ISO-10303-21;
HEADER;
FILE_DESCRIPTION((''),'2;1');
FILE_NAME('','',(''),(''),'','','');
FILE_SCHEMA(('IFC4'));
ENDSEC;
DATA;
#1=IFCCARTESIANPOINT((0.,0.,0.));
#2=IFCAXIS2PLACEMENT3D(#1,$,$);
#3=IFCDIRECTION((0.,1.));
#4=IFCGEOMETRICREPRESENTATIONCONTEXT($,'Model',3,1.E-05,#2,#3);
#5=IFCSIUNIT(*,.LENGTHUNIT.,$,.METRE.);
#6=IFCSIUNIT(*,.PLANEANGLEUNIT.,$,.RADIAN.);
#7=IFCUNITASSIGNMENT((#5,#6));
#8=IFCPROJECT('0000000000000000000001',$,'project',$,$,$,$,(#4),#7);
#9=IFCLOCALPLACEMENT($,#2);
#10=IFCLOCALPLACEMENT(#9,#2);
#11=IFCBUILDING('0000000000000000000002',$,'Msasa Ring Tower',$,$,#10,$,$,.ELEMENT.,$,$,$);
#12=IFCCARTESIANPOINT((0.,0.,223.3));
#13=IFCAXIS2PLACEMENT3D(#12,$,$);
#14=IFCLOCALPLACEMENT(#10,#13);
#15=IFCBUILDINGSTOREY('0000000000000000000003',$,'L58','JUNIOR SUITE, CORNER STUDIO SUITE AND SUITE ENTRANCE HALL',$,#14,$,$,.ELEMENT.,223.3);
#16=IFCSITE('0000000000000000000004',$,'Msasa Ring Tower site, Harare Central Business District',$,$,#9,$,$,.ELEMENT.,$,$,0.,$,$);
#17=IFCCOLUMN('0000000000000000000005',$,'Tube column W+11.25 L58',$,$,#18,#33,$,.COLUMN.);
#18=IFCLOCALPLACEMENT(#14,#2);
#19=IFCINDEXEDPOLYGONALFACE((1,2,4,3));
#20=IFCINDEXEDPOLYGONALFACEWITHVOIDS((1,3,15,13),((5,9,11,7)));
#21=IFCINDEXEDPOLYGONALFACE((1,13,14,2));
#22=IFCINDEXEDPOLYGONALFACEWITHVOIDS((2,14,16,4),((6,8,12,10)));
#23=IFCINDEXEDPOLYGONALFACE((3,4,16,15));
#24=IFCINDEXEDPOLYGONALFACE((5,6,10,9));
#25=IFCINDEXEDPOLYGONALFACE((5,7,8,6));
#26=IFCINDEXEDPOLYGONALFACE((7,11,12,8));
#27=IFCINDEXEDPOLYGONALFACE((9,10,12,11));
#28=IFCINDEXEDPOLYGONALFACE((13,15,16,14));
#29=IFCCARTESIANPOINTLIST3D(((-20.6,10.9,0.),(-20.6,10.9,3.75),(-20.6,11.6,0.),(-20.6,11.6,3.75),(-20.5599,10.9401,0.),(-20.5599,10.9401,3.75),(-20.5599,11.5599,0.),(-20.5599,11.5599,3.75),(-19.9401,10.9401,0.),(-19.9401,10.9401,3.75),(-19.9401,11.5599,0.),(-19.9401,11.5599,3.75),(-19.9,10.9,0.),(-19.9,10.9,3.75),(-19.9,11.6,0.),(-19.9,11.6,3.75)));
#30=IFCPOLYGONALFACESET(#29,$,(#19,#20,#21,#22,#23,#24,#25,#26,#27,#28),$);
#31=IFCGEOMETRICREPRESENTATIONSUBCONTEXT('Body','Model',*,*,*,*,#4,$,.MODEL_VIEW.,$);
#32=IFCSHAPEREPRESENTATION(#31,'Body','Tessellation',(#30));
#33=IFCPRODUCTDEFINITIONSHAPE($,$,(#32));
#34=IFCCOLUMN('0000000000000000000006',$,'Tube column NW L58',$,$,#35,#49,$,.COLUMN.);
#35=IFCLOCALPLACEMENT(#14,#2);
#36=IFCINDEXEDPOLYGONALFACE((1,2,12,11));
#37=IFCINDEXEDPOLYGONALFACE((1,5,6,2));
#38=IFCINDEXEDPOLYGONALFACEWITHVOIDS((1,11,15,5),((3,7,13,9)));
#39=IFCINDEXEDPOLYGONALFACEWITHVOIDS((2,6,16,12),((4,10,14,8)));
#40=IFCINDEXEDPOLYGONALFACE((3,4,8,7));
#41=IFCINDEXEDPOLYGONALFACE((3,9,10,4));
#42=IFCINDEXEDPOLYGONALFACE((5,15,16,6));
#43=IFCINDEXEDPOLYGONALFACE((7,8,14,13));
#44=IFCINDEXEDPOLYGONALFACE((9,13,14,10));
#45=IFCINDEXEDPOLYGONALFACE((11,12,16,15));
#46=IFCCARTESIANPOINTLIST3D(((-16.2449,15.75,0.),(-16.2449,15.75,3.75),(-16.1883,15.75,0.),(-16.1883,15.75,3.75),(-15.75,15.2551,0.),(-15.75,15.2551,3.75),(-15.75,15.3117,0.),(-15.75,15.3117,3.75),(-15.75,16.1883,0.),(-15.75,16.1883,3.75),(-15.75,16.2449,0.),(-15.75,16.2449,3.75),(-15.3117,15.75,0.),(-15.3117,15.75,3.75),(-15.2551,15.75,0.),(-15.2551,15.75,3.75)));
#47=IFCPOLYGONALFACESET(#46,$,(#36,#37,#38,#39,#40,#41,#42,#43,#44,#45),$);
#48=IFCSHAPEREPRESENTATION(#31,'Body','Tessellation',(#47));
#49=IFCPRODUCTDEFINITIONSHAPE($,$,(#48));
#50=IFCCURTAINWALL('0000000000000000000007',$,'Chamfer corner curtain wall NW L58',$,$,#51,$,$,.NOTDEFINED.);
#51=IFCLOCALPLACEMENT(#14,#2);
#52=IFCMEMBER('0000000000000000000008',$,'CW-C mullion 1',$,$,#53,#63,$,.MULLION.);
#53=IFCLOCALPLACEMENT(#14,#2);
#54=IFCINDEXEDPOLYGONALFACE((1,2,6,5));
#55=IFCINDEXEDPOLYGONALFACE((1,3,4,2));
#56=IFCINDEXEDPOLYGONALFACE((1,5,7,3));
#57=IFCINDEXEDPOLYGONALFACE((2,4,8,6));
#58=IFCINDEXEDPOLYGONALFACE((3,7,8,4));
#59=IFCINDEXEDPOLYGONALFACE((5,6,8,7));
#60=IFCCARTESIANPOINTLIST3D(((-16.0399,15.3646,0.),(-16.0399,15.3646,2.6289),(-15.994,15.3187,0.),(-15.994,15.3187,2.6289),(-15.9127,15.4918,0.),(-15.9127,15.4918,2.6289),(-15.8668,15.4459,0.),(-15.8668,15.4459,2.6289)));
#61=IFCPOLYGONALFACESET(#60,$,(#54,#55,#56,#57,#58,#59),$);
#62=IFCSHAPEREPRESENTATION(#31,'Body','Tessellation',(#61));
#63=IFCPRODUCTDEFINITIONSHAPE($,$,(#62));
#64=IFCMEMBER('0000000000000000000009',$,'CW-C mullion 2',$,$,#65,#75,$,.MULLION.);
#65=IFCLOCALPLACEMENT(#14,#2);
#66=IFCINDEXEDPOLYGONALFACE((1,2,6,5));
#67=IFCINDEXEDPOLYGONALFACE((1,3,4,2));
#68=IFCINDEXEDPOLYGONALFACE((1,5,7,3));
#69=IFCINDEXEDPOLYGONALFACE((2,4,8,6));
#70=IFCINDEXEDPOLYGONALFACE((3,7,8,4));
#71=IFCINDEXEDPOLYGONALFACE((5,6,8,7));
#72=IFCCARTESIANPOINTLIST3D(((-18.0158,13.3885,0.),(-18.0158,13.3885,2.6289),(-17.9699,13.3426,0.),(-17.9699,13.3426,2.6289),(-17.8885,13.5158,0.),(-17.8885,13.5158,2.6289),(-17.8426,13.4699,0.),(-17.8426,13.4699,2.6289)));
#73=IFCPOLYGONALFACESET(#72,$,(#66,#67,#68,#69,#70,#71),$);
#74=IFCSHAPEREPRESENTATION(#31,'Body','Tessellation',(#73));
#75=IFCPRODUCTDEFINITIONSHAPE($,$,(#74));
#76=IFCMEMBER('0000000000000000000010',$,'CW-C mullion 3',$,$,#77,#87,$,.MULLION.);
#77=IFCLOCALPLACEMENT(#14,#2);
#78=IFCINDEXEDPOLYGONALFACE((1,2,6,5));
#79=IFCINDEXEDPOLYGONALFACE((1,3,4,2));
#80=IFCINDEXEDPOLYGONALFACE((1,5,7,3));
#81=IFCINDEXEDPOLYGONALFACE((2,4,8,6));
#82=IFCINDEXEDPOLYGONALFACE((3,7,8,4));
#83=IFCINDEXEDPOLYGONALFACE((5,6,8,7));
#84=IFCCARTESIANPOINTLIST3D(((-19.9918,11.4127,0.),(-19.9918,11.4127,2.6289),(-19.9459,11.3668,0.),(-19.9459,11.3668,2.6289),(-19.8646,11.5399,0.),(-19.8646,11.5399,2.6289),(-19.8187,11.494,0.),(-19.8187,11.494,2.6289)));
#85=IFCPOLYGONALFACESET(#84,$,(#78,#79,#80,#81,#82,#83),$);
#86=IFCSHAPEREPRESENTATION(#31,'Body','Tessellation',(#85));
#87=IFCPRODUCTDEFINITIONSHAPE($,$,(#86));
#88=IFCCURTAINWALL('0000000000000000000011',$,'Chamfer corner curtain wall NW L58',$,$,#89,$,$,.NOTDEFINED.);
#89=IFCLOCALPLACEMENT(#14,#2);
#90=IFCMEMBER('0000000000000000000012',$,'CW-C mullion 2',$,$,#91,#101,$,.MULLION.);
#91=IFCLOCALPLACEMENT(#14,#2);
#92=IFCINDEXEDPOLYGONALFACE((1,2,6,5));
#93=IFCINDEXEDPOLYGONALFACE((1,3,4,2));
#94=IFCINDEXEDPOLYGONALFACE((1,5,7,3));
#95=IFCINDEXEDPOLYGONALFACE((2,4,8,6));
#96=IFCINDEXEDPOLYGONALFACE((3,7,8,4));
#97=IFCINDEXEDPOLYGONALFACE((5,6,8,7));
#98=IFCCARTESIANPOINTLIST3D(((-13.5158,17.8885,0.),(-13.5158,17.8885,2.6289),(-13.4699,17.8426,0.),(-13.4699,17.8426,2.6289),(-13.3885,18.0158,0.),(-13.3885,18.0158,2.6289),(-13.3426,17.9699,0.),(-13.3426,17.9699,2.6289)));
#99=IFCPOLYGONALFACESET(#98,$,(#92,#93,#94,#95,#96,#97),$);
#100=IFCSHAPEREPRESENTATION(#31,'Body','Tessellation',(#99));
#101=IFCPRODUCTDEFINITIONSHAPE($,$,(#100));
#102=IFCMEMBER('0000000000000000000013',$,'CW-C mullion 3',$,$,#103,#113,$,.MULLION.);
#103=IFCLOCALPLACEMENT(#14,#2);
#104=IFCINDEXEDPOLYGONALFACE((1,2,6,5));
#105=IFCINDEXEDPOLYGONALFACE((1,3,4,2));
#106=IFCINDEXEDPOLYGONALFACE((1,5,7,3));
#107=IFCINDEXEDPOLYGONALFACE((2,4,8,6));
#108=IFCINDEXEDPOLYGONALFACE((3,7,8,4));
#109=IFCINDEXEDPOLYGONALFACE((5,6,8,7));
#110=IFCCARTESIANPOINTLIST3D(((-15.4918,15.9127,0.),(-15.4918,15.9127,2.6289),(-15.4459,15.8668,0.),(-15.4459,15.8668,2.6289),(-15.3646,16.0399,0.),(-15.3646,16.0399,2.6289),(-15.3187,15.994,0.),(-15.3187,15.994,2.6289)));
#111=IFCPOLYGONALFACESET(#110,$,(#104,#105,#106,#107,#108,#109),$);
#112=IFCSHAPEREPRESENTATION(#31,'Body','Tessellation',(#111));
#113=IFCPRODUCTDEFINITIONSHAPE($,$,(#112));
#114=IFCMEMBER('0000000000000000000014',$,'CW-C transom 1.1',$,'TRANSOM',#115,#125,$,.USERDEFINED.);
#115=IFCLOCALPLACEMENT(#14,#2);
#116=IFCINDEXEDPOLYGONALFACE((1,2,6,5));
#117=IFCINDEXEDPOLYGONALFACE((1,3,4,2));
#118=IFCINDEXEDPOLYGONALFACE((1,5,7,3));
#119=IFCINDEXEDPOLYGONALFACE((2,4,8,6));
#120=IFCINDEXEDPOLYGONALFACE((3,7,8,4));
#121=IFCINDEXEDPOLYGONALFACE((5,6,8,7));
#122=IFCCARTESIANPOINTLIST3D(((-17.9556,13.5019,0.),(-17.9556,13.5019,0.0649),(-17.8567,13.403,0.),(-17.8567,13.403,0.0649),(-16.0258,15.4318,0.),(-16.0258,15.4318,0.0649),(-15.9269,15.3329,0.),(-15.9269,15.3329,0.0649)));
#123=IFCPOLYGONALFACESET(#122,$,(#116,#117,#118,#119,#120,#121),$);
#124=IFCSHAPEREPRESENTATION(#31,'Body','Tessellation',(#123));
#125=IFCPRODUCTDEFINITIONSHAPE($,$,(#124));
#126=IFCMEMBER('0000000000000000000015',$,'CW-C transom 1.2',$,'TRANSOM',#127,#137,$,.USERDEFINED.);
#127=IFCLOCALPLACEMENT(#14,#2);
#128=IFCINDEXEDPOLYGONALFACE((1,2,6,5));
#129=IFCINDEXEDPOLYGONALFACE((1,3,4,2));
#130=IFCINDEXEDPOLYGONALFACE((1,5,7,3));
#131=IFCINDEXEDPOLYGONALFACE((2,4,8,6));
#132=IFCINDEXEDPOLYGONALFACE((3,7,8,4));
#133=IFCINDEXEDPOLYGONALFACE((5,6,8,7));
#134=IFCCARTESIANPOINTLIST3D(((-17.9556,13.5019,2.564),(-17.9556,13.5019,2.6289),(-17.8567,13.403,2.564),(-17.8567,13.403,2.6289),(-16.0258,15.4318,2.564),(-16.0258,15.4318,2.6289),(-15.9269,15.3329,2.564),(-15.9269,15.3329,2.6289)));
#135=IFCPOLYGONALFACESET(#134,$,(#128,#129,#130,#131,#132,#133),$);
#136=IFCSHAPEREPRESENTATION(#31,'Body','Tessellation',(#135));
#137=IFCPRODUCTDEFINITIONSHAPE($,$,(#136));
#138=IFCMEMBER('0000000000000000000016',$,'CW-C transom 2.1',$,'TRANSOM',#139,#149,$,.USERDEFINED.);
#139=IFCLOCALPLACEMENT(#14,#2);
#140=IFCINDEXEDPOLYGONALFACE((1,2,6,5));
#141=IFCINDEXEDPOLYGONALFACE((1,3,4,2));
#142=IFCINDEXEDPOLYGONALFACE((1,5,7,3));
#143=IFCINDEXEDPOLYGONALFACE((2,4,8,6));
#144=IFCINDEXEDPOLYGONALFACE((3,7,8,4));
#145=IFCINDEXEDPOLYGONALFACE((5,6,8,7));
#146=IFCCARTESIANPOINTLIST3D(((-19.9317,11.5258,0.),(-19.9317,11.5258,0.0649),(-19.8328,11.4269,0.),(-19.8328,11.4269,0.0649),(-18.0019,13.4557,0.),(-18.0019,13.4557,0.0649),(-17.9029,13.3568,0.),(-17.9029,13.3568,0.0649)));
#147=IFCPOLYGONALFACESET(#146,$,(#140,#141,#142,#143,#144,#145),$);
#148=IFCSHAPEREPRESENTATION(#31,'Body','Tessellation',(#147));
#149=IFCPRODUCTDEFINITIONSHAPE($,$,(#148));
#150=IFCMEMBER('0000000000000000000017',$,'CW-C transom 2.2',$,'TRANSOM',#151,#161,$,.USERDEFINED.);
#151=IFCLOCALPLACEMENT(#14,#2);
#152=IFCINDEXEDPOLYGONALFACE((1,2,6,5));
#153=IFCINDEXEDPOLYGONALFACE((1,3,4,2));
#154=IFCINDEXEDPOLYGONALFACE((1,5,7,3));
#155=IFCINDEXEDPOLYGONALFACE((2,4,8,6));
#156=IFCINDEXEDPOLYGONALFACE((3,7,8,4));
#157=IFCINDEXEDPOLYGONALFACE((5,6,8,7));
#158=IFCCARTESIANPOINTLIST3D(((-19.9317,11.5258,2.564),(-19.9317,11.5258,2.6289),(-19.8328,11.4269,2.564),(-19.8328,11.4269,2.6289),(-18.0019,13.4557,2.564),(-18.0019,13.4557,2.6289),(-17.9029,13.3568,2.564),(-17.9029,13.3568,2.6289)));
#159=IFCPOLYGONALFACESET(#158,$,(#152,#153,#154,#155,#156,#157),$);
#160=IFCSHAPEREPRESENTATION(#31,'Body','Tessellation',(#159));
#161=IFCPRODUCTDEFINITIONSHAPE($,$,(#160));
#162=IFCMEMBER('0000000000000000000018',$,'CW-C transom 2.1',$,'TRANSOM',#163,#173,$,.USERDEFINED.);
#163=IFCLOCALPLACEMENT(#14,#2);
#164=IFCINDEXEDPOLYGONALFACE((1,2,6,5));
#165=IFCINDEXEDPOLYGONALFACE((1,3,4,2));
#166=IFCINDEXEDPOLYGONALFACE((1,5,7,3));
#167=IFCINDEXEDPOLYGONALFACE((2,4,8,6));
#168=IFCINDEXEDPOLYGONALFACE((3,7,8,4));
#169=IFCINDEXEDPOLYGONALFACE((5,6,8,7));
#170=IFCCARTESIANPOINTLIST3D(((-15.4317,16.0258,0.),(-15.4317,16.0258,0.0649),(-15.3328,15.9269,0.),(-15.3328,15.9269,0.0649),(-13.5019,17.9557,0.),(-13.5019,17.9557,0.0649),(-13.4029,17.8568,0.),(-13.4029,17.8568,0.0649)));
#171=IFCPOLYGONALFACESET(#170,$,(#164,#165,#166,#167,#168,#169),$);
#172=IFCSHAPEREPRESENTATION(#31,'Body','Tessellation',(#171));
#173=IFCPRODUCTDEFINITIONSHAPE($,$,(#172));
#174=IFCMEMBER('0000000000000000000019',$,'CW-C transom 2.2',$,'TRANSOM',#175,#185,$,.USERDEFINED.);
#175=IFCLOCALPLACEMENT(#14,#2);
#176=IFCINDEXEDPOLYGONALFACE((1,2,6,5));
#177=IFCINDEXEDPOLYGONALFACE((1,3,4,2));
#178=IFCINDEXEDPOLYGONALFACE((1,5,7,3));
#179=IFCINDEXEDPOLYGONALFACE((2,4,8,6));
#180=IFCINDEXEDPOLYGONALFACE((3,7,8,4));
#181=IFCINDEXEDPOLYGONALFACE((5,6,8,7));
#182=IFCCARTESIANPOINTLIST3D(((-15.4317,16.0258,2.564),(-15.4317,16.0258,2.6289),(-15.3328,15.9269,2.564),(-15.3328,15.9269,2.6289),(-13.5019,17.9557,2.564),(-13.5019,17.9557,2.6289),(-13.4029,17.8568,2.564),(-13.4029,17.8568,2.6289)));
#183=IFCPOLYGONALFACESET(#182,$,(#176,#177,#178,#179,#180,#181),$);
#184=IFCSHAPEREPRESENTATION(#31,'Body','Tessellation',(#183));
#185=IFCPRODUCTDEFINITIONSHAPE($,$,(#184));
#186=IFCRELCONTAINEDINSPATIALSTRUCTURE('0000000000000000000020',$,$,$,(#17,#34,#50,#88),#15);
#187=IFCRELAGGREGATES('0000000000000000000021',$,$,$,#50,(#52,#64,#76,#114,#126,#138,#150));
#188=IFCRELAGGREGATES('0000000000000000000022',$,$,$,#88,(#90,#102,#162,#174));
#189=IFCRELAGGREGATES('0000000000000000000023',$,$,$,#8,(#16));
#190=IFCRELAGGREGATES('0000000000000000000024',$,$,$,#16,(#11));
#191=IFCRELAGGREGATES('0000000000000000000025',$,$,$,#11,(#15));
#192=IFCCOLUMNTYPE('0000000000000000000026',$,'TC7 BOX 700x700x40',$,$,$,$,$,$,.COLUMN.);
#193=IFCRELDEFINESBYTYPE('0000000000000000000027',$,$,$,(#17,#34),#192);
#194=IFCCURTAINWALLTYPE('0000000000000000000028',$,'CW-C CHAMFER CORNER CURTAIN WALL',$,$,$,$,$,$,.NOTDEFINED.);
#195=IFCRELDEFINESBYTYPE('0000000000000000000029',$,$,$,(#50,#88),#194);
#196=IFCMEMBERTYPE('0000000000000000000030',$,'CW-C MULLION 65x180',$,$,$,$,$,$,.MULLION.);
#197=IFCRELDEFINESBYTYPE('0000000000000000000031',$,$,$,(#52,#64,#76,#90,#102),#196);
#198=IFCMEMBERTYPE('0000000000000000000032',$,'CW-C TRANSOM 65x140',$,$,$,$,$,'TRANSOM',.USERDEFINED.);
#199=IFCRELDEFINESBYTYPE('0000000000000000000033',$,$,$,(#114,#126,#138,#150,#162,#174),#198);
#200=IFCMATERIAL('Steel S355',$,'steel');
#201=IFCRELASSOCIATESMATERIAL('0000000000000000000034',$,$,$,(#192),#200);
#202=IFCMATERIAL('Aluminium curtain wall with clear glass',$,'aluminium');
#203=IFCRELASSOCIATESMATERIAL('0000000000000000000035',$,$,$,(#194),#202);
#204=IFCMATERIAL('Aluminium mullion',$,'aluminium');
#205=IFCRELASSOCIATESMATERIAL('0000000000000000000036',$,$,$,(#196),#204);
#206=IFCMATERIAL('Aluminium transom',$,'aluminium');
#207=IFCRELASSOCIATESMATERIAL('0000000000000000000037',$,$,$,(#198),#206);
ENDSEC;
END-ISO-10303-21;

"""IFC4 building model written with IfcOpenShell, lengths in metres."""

from ifc_helpers import new_model, si_unit, direction, frame, origin, origin_2d, place, context, subcontext, project, spatial, rectangle, hollow_rectangle, extrude, material, material_profile, profile_set, type_object, element, aggregate, save


model = new_model("IFC4")

# Units and contexts
model_context = context("Model", 3, precision=1e-05, world=origin(), true_north=direction((0.0, 1.0)))
body_context = subcontext(model_context, "Body", "Model", "MODEL_VIEW")
ifc_project = project(units=[si_unit("LENGTHUNIT", "METRE"), si_unit("PLANEANGLEUNIT", "RADIAN")], contexts=[model_context])

# Site, building, storey
site_placement = place(None, origin())
site = spatial("IfcSite", under=ifc_project, at=site_placement, Name="Msasa Ring Tower site, Harare Central Business District", CompositionType="ELEMENT", RefElevation=0.0)
building_placement = place(site_placement, origin())
building = spatial("IfcBuilding", under=site, at=building_placement, Name="Msasa Ring Tower", CompositionType="ELEMENT")
storey_placement = place(building_placement, frame((0.0, 0.0, 223.3)))
storey = spatial("IfcBuildingStorey", under=building, at=storey_placement, Name="L58", Description="JUNIOR SUITE, CORNER STUDIO SUITE AND SUITE ENTRANCE HALL", CompositionType="ELEMENT", Elevation=223.3)

# Columns
ifc_material_1 = material(Name="Steel S355", Category="steel")
ifc_material_profile_1 = material_profile(ifc_material_1, hollow_rectangle(XDim=0.7, YDim=0.7, WallThickness=0.04, at=origin_2d()), Name="BOX 700x700x40")
ifc_profile_set_1 = profile_set([ifc_material_profile_1], Name="Steel S355")
column_type = type_object("IfcColumnType", Name="TC7 BOX 700x700x40", PredefinedType="COLUMN", material=ifc_profile_set_1)
for number, where, z_axis, x_axis, name in (
    (1, (-20.25, 11.25, 0.0), (0.0, 0.0, 1.0), (1.0, 0.0, 0.0), "Tube column W+11.25 L58"),
    (2, (-15.75, 15.75, 0.0), (0.0, 0.0, 1.0), (0.707107, -0.707107, 0.0), "Tube column NW L58"),
):
    element("IfcColumn", number, at=place(storey_placement, frame(where, z_axis=z_axis, x_axis=x_axis)), inside=storey, type_object=column_type, Name=name, PredefinedType="COLUMN", context=body_context, shape_type="SweptSolid", body=[
        extrude(hollow_rectangle(XDim=0.7, YDim=0.7, WallThickness=0.04, at=origin_2d()), origin(), (0.0, 0.0, 1.0), 3.75),
    ])

# Curtain walls, members
ifc_material_2 = material(Name="Aluminium curtain wall with clear glass", Category="aluminium")
curtain_wall_type = type_object("IfcCurtainWallType", Name="CW-C CHAMFER CORNER CURTAIN WALL", PredefinedType="NOTDEFINED", material=ifc_material_2)
curtain_wall_1_placement = place(storey_placement, origin())
curtain_wall_1 = element("IfcCurtainWall", 3, at=curtain_wall_1_placement, inside=storey, type_object=curtain_wall_type, Name="Chamfer corner curtain wall NW L58", PredefinedType="NOTDEFINED")
ifc_material_3 = material(Name="Aluminium mullion", Category="aluminium")
ifc_material_profile_2 = material_profile(ifc_material_3, rectangle(XDim=0.0649, YDim=0.1799, at=origin_2d()), Name="AL 65x180")
ifc_profile_set_2 = profile_set([ifc_material_profile_2], Name="Aluminium mullion")
member_type_1 = type_object("IfcMemberType", Name="CW-C MULLION 65x180", PredefinedType="MULLION", material=ifc_profile_set_2)
member_1_placement = place(storey_placement, frame((-15.9534, 15.4053, 0.0), z_axis=(0.0, 0.0, 1.0), x_axis=(0.707107, -0.707107, 0.0)))
member_1 = element("IfcMember", 4, at=member_1_placement, type_object=member_type_1, Name="CW-C mullion 1", PredefinedType="MULLION", context=body_context, shape_type="SweptSolid", body=[
    extrude(rectangle(XDim=0.0649, YDim=0.1799, at=origin_2d()), origin(), (0.0, 0.0, 1.0), 2.6289),
])
member_2_placement = place(storey_placement, frame((-17.9292, 13.4292, 0.0), z_axis=(0.0, 0.0, 1.0), x_axis=(0.707107, -0.707107, 0.0)))
member_2 = element("IfcMember", 5, at=member_2_placement, type_object=member_type_1, Name="CW-C mullion 2", PredefinedType="MULLION", context=body_context, shape_type="SweptSolid", body=[
    extrude(rectangle(XDim=0.0649, YDim=0.1799, at=origin_2d()), origin(), (0.0, 0.0, 1.0), 2.6289),
])
member_3_placement = place(storey_placement, frame((-19.9053, 11.4534, 0.0), z_axis=(0.0, 0.0, 1.0), x_axis=(0.707107, -0.707107, 0.0)))
member_3 = element("IfcMember", 6, at=member_3_placement, type_object=member_type_1, Name="CW-C mullion 3", PredefinedType="MULLION", context=body_context, shape_type="SweptSolid", body=[
    extrude(rectangle(XDim=0.0649, YDim=0.1799, at=origin_2d()), origin(), (0.0, 0.0, 1.0), 2.6289),
])
curtain_wall_2_placement = place(storey_placement, origin())
curtain_wall_2 = element("IfcCurtainWall", 7, at=curtain_wall_2_placement, inside=storey, type_object=curtain_wall_type, Name="Chamfer corner curtain wall NW L58", PredefinedType="NOTDEFINED")
member_4_placement = place(storey_placement, frame((-13.4292, 17.9292, 0.0), z_axis=(0.0, 0.0, 1.0), x_axis=(0.707107, -0.707107, 0.0)))
member_4 = element("IfcMember", 8, at=member_4_placement, type_object=member_type_1, Name="CW-C mullion 2", PredefinedType="MULLION", context=body_context, shape_type="SweptSolid", body=[
    extrude(rectangle(XDim=0.0649, YDim=0.1799, at=origin_2d()), origin(), (0.0, 0.0, 1.0), 2.6289),
])
member_5_placement = place(storey_placement, frame((-15.4053, 15.9534, 0.0), z_axis=(0.0, 0.0, 1.0), x_axis=(0.707107, -0.707107, 0.0)))
member_5 = element("IfcMember", 9, at=member_5_placement, type_object=member_type_1, Name="CW-C mullion 3", PredefinedType="MULLION", context=body_context, shape_type="SweptSolid", body=[
    extrude(rectangle(XDim=0.0649, YDim=0.1799, at=origin_2d()), origin(), (0.0, 0.0, 1.0), 2.6289),
])

# Members
ifc_material_4 = material(Name="Aluminium transom", Category="aluminium")
ifc_material_profile_3 = material_profile(ifc_material_4, rectangle(XDim=0.1399, YDim=0.0649, at=origin_2d()), Name="AL 65x140")
ifc_profile_set_3 = profile_set([ifc_material_profile_3], Name="Aluminium transom")
member_type_2 = type_object("IfcMemberType", Name="CW-C TRANSOM 65x140", ElementType="TRANSOM", PredefinedType="USERDEFINED", material=ifc_profile_set_3)
member_6_placement = place(storey_placement, frame((-15.9763, 15.3823, 0.0325), z_axis=(-0.707107, -0.707107, 0.0), x_axis=(0.707107, -0.707107, 0.0)))
member_6 = element("IfcMember", 10, at=member_6_placement, type_object=member_type_2, Name="CW-C transom 1.1", ObjectType="TRANSOM", PredefinedType="USERDEFINED", context=body_context, shape_type="SweptSolid", body=[
    extrude(rectangle(XDim=0.1399, YDim=0.0649, at=origin_2d()), origin(), (0.0, 0.0, 1.0), 2.7292),
])
member_7_placement = place(storey_placement, frame((-15.9763, 15.3823, 2.5964), z_axis=(-0.707107, -0.707107, 0.0), x_axis=(0.707107, -0.707107, 0.0)))
member_7 = element("IfcMember", 11, at=member_7_placement, type_object=member_type_2, Name="CW-C transom 1.2", ObjectType="TRANSOM", PredefinedType="USERDEFINED", context=body_context, shape_type="SweptSolid", body=[
    extrude(rectangle(XDim=0.1399, YDim=0.0649, at=origin_2d()), origin(), (0.0, 0.0, 1.0), 2.7292),
])
member_8_placement = place(storey_placement, frame((-17.9524, 13.4062, 0.0325), z_axis=(-0.707107, -0.707107, 0.0), x_axis=(0.707107, -0.707107, 0.0)))
member_8 = element("IfcMember", 12, at=member_8_placement, type_object=member_type_2, Name="CW-C transom 2.1", ObjectType="TRANSOM", PredefinedType="USERDEFINED", context=body_context, shape_type="SweptSolid", body=[
    extrude(rectangle(XDim=0.1399, YDim=0.0649, at=origin_2d()), origin(), (0.0, 0.0, 1.0), 2.7292),
])
member_9_placement = place(storey_placement, frame((-17.9524, 13.4062, 2.5964), z_axis=(-0.707107, -0.707107, 0.0), x_axis=(0.707107, -0.707107, 0.0)))
member_9 = element("IfcMember", 13, at=member_9_placement, type_object=member_type_2, Name="CW-C transom 2.2", ObjectType="TRANSOM", PredefinedType="USERDEFINED", context=body_context, shape_type="SweptSolid", body=[
    extrude(rectangle(XDim=0.1399, YDim=0.0649, at=origin_2d()), origin(), (0.0, 0.0, 1.0), 2.7292),
])
member_10_placement = place(storey_placement, frame((-13.4524, 17.9062, 0.0325), z_axis=(-0.707107, -0.707107, 0.0), x_axis=(0.707107, -0.707107, 0.0)))
member_10 = element("IfcMember", 14, at=member_10_placement, type_object=member_type_2, Name="CW-C transom 2.1", ObjectType="TRANSOM", PredefinedType="USERDEFINED", context=body_context, shape_type="SweptSolid", body=[
    extrude(rectangle(XDim=0.1399, YDim=0.0649, at=origin_2d()), origin(), (0.0, 0.0, 1.0), 2.7292),
])
member_11_placement = place(storey_placement, frame((-13.4524, 17.9062, 2.5964), z_axis=(-0.707107, -0.707107, 0.0), x_axis=(0.707107, -0.707107, 0.0)))
member_11 = element("IfcMember", 15, at=member_11_placement, type_object=member_type_2, Name="CW-C transom 2.2", ObjectType="TRANSOM", PredefinedType="USERDEFINED", context=body_context, shape_type="SweptSolid", body=[
    extrude(rectangle(XDim=0.1399, YDim=0.0649, at=origin_2d()), origin(), (0.0, 0.0, 1.0), 2.7292),
])

aggregate(curtain_wall_1, [member_1, member_2, member_3, member_6, member_7, member_8, member_9])
aggregate(curtain_wall_2, [member_4, member_5, member_10, member_11])

save(model, "model.ifc")
